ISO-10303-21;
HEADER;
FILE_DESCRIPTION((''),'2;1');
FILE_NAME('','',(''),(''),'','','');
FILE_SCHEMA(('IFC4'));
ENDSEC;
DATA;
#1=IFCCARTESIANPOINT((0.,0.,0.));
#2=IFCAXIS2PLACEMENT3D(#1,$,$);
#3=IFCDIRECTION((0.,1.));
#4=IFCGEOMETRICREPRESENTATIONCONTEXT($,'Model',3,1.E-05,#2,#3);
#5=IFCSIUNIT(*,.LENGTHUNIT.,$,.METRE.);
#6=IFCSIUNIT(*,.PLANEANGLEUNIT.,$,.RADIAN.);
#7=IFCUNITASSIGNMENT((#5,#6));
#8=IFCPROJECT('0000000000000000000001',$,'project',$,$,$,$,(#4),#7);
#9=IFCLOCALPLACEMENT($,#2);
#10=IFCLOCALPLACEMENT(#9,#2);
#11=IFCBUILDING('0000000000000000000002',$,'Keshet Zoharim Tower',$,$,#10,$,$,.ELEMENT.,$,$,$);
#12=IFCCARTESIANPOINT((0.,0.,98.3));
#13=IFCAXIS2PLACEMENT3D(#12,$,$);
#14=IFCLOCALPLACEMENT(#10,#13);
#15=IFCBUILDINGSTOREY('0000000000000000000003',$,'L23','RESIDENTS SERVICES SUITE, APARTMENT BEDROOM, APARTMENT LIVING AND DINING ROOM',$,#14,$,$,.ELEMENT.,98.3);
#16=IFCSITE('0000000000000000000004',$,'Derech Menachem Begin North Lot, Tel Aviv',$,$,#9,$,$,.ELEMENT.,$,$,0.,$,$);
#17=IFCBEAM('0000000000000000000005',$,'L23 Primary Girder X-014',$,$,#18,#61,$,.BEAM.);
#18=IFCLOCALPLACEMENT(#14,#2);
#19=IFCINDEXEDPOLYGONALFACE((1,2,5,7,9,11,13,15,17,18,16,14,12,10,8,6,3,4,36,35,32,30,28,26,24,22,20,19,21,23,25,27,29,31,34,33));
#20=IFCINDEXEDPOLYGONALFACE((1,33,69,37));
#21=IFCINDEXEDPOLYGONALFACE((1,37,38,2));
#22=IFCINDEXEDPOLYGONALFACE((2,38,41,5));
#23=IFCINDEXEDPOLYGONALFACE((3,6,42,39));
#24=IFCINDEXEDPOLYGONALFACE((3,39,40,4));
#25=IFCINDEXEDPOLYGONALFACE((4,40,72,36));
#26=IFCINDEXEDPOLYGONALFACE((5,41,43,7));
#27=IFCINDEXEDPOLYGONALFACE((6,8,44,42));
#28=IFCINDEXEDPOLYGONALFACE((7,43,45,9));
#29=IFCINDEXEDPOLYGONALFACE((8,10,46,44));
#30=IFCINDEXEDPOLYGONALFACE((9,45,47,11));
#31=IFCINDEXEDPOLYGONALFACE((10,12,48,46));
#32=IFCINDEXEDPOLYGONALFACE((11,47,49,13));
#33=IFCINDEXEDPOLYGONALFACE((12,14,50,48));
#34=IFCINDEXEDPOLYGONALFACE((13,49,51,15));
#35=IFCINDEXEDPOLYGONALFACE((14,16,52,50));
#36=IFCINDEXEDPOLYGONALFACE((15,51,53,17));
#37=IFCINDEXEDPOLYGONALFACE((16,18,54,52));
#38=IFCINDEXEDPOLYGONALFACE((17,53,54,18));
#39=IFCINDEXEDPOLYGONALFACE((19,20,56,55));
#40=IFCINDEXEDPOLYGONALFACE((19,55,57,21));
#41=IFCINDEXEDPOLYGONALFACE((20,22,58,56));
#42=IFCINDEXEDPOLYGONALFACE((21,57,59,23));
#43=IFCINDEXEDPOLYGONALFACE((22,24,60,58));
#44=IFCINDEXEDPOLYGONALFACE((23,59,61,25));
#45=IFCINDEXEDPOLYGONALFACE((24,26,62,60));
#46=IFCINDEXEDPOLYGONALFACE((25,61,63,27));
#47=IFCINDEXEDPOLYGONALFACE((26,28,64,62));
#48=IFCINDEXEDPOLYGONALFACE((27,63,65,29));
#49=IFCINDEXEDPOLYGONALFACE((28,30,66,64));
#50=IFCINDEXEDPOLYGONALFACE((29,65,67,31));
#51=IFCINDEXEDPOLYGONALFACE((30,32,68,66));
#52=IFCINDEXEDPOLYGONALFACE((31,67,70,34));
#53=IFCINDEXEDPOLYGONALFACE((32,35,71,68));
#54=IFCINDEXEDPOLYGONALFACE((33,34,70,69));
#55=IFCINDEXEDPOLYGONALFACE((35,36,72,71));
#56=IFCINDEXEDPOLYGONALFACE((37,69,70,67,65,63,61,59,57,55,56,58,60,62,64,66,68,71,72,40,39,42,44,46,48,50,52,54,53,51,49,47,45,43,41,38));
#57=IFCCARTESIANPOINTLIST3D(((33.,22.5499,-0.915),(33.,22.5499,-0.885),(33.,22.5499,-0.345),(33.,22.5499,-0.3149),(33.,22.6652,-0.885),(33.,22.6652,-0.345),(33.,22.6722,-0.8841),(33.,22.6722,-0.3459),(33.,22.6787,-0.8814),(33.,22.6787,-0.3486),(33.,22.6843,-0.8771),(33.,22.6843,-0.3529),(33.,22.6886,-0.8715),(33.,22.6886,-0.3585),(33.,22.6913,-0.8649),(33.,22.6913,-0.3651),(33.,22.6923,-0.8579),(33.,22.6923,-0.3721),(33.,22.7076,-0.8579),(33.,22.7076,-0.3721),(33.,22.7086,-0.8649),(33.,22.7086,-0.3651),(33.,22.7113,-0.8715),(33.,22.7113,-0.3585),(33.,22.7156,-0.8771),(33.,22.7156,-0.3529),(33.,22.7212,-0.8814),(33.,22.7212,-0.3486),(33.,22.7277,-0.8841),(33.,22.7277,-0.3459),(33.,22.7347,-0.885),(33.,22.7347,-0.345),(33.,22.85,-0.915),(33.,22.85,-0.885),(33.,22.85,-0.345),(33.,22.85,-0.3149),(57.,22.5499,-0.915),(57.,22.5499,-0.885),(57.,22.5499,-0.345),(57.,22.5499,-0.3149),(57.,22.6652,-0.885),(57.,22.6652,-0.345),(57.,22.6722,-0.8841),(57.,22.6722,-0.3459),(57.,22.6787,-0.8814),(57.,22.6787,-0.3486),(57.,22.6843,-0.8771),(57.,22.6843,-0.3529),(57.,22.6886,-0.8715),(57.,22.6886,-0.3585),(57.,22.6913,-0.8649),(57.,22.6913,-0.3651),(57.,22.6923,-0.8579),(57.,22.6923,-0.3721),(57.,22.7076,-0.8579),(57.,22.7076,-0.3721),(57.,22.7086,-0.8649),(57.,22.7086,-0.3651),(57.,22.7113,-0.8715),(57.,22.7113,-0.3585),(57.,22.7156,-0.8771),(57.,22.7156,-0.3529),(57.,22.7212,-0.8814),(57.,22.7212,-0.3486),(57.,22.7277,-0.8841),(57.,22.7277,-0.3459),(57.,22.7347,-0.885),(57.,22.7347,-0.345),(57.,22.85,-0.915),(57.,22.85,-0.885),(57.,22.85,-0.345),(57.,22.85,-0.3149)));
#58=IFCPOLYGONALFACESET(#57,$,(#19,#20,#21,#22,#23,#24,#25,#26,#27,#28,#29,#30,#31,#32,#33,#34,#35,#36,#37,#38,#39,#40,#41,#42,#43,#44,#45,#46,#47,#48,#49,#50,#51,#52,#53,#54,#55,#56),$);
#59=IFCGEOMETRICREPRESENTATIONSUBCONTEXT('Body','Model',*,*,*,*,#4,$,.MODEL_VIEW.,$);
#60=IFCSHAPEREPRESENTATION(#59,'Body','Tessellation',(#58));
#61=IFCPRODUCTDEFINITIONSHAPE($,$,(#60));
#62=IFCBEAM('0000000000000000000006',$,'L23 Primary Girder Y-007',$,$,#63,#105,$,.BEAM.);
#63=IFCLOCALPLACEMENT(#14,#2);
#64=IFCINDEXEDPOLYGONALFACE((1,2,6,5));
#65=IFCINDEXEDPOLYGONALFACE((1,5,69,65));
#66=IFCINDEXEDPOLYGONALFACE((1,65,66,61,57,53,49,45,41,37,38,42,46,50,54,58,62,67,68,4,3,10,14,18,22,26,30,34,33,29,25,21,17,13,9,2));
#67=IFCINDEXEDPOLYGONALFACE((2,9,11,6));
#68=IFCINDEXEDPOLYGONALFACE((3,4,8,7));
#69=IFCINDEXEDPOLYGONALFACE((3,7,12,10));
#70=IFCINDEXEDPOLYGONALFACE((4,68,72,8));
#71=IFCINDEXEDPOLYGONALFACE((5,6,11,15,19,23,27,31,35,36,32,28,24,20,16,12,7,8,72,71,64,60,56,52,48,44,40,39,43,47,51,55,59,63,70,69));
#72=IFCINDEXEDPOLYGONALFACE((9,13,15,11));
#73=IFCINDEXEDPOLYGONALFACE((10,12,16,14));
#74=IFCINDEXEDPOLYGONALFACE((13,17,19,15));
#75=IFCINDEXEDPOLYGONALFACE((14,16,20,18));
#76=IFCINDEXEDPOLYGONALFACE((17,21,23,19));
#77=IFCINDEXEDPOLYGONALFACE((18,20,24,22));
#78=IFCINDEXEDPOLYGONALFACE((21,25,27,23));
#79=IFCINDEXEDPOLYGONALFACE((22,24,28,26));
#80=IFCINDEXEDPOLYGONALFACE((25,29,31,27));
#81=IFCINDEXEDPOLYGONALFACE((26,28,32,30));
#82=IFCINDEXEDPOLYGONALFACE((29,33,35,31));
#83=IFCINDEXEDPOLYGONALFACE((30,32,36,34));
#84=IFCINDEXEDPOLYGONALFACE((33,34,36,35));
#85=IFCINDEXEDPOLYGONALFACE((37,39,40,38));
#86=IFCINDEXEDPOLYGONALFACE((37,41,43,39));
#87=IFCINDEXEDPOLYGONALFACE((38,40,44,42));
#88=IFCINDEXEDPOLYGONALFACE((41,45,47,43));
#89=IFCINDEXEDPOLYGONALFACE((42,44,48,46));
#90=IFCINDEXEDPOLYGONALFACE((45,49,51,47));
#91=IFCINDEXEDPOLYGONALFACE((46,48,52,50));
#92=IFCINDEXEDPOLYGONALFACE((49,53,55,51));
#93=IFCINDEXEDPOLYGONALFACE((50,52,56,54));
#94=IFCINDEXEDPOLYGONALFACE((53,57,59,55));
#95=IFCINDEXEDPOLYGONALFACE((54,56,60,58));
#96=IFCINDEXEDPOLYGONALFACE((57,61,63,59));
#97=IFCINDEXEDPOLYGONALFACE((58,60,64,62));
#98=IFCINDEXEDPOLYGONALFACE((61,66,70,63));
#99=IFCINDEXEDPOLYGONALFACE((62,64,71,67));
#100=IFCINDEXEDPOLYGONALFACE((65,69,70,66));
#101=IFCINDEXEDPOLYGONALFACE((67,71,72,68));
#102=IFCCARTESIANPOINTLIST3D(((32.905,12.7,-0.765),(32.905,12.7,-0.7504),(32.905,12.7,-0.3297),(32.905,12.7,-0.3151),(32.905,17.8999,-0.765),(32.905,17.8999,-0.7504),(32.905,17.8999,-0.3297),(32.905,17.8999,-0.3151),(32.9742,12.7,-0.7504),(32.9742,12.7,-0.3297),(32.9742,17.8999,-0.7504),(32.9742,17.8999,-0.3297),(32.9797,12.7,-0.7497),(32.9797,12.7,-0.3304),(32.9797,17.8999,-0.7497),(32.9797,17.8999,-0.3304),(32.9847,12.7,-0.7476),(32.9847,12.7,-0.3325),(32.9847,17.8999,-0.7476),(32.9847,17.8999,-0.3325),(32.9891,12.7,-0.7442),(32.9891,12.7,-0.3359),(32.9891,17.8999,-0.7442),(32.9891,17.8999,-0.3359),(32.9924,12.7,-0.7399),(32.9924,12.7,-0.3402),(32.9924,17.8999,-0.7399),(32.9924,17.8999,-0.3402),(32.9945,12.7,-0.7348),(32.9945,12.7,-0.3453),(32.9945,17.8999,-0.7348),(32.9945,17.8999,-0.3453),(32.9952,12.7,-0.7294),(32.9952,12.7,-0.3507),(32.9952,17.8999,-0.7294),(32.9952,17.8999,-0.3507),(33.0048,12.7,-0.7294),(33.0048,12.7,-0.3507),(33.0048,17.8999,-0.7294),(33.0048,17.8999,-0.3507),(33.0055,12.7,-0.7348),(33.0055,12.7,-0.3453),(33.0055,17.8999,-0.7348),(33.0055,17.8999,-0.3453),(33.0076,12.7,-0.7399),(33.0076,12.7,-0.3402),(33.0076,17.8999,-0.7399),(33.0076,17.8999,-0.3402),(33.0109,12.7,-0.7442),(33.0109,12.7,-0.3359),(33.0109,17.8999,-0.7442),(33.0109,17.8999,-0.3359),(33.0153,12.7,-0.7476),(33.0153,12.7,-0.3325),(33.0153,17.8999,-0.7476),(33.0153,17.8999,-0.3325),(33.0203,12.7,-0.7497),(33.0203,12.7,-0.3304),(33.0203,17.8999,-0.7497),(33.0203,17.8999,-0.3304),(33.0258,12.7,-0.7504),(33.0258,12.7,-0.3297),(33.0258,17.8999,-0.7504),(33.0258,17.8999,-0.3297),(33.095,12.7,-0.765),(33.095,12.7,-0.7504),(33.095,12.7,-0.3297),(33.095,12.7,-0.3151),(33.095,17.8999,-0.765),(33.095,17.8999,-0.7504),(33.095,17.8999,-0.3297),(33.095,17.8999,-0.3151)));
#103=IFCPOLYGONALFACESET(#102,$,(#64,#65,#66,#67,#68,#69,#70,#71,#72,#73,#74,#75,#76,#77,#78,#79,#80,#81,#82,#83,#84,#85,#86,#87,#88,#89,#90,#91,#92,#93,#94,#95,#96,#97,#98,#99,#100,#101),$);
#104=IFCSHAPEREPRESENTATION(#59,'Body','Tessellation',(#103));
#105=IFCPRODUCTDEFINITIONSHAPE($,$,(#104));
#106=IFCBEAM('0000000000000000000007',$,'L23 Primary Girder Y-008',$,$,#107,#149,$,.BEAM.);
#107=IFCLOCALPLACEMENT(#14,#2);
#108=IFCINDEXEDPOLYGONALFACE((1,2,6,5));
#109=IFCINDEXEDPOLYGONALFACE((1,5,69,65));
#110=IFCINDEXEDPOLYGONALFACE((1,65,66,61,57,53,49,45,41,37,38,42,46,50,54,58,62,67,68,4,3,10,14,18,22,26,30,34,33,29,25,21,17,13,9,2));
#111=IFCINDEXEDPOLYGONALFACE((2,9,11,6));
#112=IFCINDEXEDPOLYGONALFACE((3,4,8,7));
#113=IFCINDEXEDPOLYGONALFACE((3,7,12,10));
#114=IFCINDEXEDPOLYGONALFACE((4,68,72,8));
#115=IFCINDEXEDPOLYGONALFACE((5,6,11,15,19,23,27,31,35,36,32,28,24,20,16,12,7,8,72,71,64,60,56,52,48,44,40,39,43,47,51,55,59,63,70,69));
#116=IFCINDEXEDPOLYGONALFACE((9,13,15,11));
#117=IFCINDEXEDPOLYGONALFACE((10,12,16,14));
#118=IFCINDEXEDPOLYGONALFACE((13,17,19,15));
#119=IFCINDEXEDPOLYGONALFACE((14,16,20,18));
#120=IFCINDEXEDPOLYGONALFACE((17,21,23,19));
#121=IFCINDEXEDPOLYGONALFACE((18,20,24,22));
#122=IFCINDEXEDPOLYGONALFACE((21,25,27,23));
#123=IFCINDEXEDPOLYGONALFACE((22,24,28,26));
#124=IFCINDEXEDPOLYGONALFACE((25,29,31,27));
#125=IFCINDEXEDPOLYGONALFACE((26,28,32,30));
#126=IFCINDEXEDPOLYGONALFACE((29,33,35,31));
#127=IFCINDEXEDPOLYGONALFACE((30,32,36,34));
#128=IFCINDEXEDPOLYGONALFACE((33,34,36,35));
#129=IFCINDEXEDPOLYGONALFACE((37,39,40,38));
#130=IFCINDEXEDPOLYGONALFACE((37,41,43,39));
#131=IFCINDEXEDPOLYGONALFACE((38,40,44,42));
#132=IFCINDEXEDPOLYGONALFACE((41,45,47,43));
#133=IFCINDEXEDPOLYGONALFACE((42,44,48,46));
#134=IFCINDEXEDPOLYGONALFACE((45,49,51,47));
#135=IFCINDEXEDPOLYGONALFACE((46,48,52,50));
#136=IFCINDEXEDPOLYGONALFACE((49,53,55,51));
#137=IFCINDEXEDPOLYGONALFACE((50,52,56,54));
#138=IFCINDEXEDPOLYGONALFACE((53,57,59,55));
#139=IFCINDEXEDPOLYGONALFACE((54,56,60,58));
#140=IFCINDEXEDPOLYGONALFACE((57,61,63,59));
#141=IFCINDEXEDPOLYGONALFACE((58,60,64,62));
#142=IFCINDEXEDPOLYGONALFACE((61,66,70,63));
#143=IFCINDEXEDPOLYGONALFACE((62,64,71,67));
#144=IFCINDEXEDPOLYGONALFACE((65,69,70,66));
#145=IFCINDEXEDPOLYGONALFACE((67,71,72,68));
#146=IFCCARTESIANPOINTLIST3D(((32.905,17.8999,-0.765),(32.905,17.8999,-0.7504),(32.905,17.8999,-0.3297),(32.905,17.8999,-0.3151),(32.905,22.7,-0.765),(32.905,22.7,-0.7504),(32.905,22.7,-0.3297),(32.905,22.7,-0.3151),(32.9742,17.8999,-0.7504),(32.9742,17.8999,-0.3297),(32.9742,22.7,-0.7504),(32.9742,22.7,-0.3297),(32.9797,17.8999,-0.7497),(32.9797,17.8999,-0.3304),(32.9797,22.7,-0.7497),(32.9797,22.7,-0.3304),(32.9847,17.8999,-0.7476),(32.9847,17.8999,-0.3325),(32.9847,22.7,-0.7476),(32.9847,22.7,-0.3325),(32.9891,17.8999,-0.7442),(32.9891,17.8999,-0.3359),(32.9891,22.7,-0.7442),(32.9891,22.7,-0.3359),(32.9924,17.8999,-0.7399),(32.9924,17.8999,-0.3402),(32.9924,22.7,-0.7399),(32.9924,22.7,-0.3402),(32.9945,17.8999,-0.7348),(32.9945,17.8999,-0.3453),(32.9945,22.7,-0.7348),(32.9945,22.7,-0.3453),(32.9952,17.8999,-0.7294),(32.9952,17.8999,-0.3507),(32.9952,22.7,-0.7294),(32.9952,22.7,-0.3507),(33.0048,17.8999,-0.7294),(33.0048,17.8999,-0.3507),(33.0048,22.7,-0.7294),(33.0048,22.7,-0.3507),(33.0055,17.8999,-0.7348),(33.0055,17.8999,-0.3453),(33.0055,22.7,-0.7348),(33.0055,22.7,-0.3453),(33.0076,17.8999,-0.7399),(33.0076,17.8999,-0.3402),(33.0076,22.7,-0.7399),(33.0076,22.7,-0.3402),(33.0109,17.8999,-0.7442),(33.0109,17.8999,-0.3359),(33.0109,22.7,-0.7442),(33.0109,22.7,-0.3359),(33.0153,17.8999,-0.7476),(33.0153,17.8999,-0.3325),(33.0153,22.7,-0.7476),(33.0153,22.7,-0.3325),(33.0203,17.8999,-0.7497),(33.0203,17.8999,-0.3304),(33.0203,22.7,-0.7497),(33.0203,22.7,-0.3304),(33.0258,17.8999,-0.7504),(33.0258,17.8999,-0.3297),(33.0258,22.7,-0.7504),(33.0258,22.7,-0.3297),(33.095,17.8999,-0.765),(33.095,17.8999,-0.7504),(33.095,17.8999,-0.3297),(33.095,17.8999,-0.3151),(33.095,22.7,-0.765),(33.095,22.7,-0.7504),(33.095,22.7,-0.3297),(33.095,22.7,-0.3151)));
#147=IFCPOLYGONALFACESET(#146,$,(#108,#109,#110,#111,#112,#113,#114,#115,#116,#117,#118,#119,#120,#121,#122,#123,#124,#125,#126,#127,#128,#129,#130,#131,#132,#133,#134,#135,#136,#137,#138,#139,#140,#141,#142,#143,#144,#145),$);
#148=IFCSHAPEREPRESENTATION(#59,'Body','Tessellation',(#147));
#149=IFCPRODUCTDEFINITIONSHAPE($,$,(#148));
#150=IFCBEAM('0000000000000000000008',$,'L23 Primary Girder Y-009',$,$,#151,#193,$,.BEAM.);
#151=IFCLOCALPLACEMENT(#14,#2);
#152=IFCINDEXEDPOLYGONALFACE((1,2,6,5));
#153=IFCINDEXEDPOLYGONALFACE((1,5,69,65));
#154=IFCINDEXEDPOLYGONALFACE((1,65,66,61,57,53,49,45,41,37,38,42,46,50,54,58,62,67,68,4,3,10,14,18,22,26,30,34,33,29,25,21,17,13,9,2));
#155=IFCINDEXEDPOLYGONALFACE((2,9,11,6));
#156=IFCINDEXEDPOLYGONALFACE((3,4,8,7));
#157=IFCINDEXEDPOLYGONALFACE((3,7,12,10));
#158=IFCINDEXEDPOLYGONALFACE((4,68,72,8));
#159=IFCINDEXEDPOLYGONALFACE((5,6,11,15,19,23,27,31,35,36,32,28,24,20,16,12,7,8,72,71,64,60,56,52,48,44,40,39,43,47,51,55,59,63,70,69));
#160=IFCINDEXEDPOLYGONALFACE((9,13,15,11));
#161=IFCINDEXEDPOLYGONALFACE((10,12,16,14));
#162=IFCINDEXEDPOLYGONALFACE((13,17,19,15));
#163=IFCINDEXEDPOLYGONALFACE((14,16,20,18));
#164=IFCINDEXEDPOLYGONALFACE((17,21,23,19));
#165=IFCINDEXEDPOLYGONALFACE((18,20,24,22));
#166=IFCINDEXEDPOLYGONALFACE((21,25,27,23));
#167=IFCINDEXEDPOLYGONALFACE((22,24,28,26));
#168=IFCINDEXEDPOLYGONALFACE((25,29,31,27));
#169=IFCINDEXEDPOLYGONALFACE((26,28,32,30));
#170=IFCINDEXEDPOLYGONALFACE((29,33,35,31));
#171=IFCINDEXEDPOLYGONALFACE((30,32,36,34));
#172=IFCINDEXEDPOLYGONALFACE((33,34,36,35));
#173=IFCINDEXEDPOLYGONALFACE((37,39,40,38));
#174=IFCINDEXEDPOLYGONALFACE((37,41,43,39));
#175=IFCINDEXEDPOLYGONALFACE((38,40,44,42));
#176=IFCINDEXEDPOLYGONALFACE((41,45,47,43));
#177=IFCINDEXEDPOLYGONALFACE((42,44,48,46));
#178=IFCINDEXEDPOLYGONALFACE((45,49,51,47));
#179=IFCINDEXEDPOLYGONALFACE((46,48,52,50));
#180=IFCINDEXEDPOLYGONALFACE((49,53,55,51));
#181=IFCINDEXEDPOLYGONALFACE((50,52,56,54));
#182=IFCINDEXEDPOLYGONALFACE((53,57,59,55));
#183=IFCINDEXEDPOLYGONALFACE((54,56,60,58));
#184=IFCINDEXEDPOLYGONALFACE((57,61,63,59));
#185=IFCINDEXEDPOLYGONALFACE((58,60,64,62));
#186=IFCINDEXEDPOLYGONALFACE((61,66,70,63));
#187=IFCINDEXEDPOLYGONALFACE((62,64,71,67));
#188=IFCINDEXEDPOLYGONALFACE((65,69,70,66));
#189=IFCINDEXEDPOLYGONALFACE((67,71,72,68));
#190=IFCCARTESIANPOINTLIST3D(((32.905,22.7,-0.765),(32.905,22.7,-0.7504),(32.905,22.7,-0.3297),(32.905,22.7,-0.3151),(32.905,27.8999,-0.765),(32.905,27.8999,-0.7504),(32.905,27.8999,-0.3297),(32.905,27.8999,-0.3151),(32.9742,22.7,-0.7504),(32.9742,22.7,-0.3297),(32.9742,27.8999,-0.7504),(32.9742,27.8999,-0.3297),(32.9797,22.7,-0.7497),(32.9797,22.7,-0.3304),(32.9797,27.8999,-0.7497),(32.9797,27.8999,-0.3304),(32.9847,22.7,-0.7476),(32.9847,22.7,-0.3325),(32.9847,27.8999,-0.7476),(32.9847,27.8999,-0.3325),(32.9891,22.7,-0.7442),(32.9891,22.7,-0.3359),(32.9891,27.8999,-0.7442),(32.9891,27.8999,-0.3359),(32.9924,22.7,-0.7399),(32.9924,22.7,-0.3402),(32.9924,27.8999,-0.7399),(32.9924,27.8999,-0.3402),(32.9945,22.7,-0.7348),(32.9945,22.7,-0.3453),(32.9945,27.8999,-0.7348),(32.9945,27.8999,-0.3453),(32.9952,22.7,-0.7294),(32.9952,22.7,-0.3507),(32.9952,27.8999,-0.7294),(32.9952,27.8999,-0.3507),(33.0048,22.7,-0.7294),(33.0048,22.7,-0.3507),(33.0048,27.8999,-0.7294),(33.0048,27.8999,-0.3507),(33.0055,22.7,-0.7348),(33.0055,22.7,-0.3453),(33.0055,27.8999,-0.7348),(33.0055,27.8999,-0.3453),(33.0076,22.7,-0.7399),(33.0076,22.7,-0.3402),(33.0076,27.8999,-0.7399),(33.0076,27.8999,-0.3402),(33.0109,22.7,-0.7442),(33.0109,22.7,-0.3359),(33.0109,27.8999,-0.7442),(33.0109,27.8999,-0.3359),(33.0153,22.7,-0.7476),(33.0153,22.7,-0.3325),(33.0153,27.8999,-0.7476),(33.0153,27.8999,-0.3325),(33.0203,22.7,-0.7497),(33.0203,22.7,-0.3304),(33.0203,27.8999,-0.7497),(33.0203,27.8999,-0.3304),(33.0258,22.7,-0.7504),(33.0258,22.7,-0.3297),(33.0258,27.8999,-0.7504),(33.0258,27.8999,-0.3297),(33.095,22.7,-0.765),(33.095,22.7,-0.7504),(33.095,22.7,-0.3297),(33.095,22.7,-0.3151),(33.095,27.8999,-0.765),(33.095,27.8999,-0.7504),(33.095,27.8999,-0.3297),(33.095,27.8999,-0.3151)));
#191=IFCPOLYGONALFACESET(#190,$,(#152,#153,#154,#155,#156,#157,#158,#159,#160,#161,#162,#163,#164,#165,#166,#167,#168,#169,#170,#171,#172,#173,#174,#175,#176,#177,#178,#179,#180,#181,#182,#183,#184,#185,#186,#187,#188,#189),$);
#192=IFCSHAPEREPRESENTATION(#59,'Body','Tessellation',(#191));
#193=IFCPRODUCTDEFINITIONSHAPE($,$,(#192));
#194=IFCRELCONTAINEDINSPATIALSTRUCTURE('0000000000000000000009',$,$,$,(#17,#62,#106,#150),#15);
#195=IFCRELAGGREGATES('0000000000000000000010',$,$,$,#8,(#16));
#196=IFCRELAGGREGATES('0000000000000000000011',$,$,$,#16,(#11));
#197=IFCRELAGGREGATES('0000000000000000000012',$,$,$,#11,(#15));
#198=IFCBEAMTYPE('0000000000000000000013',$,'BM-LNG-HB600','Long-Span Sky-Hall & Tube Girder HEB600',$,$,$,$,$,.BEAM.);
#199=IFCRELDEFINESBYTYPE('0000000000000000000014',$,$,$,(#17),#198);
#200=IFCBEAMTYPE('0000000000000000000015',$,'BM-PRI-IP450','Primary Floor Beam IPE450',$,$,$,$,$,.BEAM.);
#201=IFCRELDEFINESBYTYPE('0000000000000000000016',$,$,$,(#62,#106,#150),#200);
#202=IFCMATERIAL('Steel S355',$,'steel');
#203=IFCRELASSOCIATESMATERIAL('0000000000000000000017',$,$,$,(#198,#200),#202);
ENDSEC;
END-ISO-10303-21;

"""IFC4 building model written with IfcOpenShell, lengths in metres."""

from ifc_helpers import new_model, si_unit, direction, frame, origin, origin_2d, place, context, subcontext, project, spatial, i_section, extrude, material, material_profile, profile_set, type_object, element, save


model = new_model("IFC4")

# Units and contexts
model_context = context("Model", 3, precision=1e-05, world=origin(), true_north=direction((0.0, 1.0)))
body_context = subcontext(model_context, "Body", "Model", "MODEL_VIEW")
ifc_project = project(units=[si_unit("LENGTHUNIT", "METRE"), si_unit("PLANEANGLEUNIT", "RADIAN")], contexts=[model_context])

# Site, building, storey
site_placement = place(None, origin())
site = spatial("IfcSite", under=ifc_project, at=site_placement, Name="Derech Menachem Begin North Lot, Tel Aviv", CompositionType="ELEMENT", RefElevation=0.0)
building_placement = place(site_placement, origin())
building = spatial("IfcBuilding", under=site, at=building_placement, Name="Keshet Zoharim Tower", CompositionType="ELEMENT")
storey_placement = place(building_placement, frame((0.0, 0.0, 98.3)))
storey = spatial("IfcBuildingStorey", under=building, at=storey_placement, Name="L23", Description="RESIDENTS SERVICES SUITE, APARTMENT BEDROOM, APARTMENT LIVING AND DINING ROOM", CompositionType="ELEMENT", Elevation=98.3)

# Beams
ifc_material_1 = material(Name="Steel S355", Category="steel")
ifc_material_profile_1 = material_profile(ifc_material_1, i_section(OverallWidth=0.3, OverallDepth=0.6001, WebThickness=0.0154, FlangeThickness=0.03, FilletRadius=0.0271, at=origin_2d()), Name="HEB600")
ifc_profile_set_1 = profile_set([ifc_material_profile_1], Name="Steel S355")
beam_type_1 = type_object("IfcBeamType", Name="BM-LNG-HB600", Description="Long-Span Sky-Hall & Tube Girder HEB600", PredefinedType="BEAM", material=ifc_profile_set_1)
for number, where, z_axis, x_axis, name in (
    (1, (33.0, 22.7, -0.615), (1.0, 0.0, 0.0), (0.0, 1.0, 0.0), "L23 Primary Girder X-014"),
):
    element("IfcBeam", number, at=place(storey_placement, frame(where, z_axis=z_axis, x_axis=x_axis)), inside=storey, type_object=beam_type_1, Name=name, PredefinedType="BEAM", context=body_context, shape_type="SweptSolid", body=[
        extrude(i_section(OverallWidth=0.3, OverallDepth=0.6001, WebThickness=0.0154, FlangeThickness=0.03, FilletRadius=0.0271, at=origin_2d()), origin(), (0.0, 0.0, 1.0), 24.0),
    ])
ifc_material_profile_2 = material_profile(ifc_material_1, i_section(OverallWidth=0.1899, OverallDepth=0.45, WebThickness=0.0095, FlangeThickness=0.0146, FilletRadius=0.021, at=origin_2d()), Name="IPE450")
ifc_profile_set_2 = profile_set([ifc_material_profile_2], Name="Steel S355")
beam_type_2 = type_object("IfcBeamType", Name="BM-PRI-IP450", Description="Primary Floor Beam IPE450", PredefinedType="BEAM", material=ifc_profile_set_2)
beam_1_placement = place(storey_placement, frame((33.0, 12.7, -0.54), z_axis=(0.0, 1.0, 0.0), x_axis=(-1.0, 0.0, 0.0)))
element("IfcBeam", 2, at=beam_1_placement, inside=storey, type_object=beam_type_2, Name="L23 Primary Girder Y-007", PredefinedType="BEAM", context=body_context, shape_type="SweptSolid", body=[
    extrude(i_section(OverallWidth=0.1899, OverallDepth=0.45, WebThickness=0.0095, FlangeThickness=0.0146, FilletRadius=0.021, at=origin_2d()), origin(), (0.0, 0.0, 1.0), 5.2),
])
beam_2_placement = place(storey_placement, frame((33.0, 17.8999, -0.54), z_axis=(0.0, 1.0, 0.0), x_axis=(-1.0, 0.0, 0.0)))
element("IfcBeam", 3, at=beam_2_placement, inside=storey, type_object=beam_type_2, Name="L23 Primary Girder Y-008", PredefinedType="BEAM", context=body_context, shape_type="SweptSolid", body=[
    extrude(i_section(OverallWidth=0.1899, OverallDepth=0.45, WebThickness=0.0095, FlangeThickness=0.0146, FilletRadius=0.021, at=origin_2d()), origin(), (0.0, 0.0, 1.0), 4.8),
])
beam_3_placement = place(storey_placement, frame((33.0, 22.7, -0.54), z_axis=(0.0, 1.0, 0.0), x_axis=(-1.0, 0.0, 0.0)))
element("IfcBeam", 4, at=beam_3_placement, inside=storey, type_object=beam_type_2, Name="L23 Primary Girder Y-009", PredefinedType="BEAM", context=body_context, shape_type="SweptSolid", body=[
    extrude(i_section(OverallWidth=0.1899, OverallDepth=0.45, WebThickness=0.0095, FlangeThickness=0.0146, FilletRadius=0.021, at=origin_2d()), origin(), (0.0, 0.0, 1.0), 5.2),
])

save(model, "model.ifc")
